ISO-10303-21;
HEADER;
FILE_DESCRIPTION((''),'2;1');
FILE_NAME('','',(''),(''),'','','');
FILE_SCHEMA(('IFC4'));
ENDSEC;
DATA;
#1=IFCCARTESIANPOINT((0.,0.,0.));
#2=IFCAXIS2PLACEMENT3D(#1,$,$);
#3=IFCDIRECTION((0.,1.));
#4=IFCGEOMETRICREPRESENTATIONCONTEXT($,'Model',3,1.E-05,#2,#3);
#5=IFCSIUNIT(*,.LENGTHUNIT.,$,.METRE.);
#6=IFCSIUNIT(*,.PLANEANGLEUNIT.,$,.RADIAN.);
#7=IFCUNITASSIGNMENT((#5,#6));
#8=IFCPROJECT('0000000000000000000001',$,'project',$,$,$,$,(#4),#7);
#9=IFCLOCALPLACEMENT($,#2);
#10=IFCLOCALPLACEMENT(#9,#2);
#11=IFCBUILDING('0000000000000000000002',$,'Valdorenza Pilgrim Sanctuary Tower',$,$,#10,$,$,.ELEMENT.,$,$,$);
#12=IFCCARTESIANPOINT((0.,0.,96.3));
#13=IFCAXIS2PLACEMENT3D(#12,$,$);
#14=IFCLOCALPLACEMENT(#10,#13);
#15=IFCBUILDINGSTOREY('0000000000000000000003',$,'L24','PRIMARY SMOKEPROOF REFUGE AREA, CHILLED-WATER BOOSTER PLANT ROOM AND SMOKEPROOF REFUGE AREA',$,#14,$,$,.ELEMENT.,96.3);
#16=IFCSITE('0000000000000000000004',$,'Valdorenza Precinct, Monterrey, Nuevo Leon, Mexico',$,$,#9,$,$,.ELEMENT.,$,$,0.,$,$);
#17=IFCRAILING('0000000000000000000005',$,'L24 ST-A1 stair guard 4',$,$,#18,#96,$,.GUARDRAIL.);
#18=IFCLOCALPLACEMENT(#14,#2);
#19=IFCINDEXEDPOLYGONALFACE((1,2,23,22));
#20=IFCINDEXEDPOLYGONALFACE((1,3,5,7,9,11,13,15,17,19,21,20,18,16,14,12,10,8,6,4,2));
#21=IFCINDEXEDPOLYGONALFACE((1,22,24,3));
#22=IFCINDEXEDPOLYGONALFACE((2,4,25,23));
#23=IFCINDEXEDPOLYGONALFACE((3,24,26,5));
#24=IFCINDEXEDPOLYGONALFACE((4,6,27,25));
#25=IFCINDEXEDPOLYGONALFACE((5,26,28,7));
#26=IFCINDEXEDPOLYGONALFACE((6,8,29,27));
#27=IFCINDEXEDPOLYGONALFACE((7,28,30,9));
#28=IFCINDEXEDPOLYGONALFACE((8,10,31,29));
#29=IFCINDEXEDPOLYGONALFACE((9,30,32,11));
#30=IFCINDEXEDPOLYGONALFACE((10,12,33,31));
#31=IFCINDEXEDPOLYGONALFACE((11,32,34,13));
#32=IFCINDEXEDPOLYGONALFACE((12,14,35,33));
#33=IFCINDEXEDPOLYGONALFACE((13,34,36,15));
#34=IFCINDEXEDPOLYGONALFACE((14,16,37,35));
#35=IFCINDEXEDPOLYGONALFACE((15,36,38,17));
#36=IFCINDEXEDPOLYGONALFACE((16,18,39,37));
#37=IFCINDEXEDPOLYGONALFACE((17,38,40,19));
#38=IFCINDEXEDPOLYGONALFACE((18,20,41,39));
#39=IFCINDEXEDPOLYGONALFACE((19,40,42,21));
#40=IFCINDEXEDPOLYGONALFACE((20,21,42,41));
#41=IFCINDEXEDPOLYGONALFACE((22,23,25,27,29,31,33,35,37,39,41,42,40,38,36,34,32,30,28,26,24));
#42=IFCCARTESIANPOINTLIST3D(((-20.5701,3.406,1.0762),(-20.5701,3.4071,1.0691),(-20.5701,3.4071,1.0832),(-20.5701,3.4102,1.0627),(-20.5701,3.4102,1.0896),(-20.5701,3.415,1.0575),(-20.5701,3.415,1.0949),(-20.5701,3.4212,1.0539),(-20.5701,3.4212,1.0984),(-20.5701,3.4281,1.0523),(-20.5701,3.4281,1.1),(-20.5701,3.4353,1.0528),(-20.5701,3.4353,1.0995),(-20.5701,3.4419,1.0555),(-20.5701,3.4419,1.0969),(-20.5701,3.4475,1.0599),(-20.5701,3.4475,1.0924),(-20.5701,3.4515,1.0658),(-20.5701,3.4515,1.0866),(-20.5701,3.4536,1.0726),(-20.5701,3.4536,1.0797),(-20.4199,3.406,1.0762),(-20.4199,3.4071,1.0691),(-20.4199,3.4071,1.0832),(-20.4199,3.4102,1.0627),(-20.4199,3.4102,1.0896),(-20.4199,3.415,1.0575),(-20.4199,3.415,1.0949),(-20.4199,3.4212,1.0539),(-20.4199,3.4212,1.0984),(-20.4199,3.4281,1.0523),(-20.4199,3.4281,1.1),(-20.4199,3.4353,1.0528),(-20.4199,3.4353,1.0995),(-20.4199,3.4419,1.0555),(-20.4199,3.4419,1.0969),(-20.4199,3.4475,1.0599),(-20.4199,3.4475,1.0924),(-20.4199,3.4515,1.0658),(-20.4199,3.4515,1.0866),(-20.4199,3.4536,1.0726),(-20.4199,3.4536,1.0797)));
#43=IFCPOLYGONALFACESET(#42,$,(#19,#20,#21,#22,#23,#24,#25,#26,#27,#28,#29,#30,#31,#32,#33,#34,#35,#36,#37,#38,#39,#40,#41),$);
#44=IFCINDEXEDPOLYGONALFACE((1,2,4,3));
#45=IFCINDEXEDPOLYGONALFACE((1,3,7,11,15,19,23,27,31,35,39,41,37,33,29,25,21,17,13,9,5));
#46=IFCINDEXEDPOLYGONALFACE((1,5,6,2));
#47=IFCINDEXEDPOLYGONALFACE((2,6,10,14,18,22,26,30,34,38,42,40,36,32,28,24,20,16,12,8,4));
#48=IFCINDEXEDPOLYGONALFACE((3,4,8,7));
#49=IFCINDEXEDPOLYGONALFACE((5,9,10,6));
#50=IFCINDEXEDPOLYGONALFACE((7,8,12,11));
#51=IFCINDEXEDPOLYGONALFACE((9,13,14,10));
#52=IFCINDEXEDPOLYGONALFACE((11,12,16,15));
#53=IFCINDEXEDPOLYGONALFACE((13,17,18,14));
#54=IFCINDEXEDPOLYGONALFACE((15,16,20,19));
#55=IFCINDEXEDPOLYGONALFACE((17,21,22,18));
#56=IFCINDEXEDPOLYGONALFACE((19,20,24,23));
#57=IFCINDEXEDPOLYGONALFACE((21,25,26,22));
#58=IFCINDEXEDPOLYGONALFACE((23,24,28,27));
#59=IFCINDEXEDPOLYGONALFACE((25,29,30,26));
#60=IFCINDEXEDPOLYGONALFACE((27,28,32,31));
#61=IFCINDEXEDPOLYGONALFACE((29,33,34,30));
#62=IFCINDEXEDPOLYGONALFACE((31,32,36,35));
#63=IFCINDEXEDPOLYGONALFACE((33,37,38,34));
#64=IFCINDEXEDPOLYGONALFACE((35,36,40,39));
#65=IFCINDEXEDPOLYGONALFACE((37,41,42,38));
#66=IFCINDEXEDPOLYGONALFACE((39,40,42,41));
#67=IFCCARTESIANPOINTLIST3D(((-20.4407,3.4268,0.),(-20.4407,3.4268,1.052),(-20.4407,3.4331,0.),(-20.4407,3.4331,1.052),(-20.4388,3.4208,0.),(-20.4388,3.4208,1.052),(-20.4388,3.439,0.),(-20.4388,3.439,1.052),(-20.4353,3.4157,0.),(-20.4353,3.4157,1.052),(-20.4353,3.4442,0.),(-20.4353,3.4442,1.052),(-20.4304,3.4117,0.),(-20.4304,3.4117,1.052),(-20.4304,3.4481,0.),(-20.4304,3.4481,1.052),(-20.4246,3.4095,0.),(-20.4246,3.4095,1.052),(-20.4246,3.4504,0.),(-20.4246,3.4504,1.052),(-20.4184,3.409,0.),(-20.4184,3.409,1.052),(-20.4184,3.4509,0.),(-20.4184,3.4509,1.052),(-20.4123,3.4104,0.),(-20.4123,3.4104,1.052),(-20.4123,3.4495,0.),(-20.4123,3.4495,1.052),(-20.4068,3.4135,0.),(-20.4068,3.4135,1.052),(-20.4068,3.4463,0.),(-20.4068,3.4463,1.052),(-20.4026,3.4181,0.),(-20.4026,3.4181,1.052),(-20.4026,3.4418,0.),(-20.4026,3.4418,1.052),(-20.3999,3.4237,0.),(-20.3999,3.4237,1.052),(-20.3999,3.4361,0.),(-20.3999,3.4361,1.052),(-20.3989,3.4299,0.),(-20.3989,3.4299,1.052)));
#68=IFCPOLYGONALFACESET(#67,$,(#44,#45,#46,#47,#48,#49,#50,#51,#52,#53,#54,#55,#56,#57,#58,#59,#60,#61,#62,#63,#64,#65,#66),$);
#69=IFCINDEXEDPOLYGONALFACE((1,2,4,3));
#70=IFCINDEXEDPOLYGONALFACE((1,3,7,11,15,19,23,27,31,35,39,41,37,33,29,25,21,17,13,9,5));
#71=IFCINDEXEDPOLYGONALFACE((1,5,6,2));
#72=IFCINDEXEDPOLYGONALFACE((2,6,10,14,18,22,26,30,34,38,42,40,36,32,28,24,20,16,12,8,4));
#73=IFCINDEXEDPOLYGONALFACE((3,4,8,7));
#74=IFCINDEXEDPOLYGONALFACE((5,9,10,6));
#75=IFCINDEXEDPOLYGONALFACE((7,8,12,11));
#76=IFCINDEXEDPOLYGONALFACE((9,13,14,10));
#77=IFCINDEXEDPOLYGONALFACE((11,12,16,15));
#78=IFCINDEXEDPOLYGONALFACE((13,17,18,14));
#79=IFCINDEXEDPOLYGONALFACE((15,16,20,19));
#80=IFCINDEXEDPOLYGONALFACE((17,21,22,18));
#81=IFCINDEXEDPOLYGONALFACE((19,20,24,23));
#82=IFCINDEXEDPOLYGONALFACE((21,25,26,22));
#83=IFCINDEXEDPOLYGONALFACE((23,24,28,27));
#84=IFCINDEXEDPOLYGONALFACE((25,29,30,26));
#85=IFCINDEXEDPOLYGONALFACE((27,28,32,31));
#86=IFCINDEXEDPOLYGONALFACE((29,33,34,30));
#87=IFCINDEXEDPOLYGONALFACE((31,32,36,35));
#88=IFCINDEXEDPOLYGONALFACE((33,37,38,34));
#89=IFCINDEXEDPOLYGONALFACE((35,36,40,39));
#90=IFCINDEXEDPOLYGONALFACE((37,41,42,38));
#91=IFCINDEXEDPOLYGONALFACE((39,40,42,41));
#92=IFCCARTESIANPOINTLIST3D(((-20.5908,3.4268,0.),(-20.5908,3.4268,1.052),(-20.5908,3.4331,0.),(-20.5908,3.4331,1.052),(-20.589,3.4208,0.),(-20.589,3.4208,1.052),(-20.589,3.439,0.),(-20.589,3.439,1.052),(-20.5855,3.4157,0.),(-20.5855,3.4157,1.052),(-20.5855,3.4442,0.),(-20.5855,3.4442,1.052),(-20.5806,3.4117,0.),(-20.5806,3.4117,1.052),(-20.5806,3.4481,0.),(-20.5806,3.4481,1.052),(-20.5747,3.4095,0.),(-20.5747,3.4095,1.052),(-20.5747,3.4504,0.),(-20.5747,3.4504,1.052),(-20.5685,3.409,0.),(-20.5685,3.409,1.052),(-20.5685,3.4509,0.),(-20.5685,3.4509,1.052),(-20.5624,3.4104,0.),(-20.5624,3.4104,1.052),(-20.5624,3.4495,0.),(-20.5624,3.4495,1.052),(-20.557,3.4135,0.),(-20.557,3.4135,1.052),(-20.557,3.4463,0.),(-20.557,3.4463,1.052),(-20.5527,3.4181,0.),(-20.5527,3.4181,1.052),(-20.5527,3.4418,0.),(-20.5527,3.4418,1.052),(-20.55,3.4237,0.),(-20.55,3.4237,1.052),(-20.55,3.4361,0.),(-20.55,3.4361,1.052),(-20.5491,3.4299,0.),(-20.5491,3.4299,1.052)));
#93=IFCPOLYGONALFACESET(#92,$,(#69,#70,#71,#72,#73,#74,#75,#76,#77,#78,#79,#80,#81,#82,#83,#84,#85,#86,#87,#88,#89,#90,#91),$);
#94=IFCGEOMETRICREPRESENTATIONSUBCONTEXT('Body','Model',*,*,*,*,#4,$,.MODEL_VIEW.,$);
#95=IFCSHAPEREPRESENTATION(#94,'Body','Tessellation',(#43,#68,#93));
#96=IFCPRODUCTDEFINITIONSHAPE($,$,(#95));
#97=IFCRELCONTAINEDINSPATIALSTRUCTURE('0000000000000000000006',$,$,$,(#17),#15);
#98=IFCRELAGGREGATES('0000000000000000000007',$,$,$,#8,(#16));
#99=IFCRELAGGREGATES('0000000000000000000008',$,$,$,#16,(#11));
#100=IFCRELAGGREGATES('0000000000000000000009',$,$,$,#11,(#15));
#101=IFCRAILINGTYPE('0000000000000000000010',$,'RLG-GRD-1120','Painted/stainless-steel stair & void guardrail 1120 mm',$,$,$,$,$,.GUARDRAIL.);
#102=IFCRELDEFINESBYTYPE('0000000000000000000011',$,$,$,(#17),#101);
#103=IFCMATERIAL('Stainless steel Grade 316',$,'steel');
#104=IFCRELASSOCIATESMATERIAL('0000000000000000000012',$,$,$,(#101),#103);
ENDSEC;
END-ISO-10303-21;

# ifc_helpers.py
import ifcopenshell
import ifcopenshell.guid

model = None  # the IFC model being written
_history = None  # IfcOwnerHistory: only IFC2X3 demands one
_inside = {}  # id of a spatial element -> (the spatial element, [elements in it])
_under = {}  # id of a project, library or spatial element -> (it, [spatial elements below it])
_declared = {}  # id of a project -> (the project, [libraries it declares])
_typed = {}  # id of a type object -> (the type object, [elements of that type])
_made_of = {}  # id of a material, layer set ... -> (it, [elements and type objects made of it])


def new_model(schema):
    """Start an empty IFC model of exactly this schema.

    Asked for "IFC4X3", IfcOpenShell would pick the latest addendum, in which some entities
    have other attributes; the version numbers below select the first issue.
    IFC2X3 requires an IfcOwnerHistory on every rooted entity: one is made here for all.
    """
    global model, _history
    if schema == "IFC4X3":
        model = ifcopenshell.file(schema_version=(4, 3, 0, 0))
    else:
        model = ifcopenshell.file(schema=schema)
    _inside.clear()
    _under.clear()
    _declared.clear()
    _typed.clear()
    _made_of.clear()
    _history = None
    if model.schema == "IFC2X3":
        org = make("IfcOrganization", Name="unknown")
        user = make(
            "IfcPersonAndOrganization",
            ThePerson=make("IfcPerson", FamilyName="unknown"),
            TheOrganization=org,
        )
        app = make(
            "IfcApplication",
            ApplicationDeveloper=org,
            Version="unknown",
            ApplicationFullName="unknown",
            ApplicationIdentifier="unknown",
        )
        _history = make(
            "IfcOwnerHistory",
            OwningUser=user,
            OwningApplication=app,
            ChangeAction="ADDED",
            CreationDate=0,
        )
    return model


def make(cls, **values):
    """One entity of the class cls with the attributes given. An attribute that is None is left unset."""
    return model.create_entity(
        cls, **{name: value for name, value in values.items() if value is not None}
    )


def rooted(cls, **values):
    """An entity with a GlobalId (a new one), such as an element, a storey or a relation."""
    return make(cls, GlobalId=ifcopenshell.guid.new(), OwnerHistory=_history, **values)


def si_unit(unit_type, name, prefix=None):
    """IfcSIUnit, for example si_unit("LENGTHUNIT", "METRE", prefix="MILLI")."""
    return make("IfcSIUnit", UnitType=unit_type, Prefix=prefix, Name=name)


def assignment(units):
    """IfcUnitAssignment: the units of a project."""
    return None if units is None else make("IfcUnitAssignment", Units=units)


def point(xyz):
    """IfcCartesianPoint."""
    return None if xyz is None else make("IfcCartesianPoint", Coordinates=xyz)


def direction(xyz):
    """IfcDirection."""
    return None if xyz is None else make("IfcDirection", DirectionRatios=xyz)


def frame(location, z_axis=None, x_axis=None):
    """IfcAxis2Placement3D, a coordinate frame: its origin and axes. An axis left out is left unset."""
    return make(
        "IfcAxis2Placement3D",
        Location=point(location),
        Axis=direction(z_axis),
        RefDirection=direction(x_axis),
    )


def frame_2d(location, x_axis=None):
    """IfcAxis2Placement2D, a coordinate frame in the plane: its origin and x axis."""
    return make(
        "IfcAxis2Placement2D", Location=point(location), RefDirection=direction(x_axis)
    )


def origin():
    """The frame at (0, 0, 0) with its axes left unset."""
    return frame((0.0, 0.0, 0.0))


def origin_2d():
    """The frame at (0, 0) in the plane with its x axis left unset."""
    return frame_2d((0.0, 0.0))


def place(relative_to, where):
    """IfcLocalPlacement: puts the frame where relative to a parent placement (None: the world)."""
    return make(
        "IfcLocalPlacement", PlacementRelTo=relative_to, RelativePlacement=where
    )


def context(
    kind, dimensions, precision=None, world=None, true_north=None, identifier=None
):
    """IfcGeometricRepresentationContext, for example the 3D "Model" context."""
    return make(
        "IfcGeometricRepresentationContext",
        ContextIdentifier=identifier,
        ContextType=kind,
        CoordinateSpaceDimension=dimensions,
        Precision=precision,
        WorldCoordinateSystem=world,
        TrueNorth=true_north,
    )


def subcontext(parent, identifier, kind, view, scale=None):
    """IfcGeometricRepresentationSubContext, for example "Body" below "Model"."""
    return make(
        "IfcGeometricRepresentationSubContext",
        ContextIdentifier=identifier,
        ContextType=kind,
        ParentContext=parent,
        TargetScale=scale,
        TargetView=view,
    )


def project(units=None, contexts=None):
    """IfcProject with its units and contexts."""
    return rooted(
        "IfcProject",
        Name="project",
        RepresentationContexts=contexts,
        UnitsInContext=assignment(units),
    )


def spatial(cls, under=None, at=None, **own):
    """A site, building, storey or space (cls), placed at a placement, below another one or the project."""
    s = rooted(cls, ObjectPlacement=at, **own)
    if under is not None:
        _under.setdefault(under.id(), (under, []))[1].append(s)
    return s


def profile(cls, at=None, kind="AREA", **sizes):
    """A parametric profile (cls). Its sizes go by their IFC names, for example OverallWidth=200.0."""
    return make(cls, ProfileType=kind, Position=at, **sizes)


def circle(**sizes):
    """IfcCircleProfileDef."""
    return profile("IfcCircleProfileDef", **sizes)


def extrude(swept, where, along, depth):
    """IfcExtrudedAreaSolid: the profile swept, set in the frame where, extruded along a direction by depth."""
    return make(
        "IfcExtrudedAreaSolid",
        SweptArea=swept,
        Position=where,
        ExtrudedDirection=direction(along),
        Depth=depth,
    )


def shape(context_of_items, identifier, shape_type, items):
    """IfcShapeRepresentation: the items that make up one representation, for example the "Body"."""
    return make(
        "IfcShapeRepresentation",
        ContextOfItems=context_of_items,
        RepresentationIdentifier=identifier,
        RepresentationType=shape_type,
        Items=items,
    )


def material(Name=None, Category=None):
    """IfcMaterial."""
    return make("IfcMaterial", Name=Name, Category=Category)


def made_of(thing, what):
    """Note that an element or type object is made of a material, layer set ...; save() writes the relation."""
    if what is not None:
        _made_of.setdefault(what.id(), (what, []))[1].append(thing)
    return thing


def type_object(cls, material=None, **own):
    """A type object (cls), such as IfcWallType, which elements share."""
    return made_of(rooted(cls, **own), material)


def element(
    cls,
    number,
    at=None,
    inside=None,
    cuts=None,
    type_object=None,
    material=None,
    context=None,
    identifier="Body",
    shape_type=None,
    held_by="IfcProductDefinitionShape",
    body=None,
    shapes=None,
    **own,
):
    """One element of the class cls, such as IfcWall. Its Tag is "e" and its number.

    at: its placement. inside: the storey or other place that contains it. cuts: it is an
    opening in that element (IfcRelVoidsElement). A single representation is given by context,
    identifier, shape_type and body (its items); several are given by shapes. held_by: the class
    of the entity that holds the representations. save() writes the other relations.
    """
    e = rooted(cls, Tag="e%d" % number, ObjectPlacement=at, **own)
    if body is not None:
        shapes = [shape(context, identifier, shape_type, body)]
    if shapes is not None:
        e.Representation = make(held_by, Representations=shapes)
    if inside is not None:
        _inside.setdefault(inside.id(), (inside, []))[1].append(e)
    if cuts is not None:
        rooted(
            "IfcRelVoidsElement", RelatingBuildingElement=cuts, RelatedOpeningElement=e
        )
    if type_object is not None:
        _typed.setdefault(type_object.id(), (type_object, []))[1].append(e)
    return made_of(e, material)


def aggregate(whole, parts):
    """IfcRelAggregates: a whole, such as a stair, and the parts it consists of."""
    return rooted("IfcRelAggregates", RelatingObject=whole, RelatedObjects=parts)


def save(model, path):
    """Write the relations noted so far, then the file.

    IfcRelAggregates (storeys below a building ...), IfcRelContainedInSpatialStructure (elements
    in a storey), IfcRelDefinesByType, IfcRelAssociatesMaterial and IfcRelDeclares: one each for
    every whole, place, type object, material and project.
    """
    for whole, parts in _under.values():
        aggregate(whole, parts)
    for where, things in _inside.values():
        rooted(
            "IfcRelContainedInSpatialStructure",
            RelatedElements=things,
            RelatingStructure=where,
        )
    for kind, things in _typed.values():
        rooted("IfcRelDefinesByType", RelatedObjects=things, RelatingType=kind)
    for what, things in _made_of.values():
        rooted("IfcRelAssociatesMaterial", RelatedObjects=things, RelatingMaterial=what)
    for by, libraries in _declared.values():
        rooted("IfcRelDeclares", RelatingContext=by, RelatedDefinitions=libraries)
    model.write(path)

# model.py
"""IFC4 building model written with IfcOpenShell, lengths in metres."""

from ifc_helpers import new_model, si_unit, direction, frame, origin, origin_2d, place, context, subcontext, project, spatial, circle, extrude, material, type_object, element, save


model = new_model("IFC4")

# Units and contexts
model_context = context("Model", 3, precision=1e-05, world=origin(), true_north=direction((0.0, 1.0)))
body_context = subcontext(model_context, "Body", "Model", "MODEL_VIEW")
ifc_project = project(units=[si_unit("LENGTHUNIT", "METRE"), si_unit("PLANEANGLEUNIT", "RADIAN")], contexts=[model_context])

# Site, building, storey
site_placement = place(None, origin())
site = spatial("IfcSite", under=ifc_project, at=site_placement, Name="Valdorenza Precinct, Monterrey, Nuevo Leon, Mexico", CompositionType="ELEMENT", RefElevation=0.0)
building_placement = place(site_placement, origin())
building = spatial("IfcBuilding", under=site, at=building_placement, Name="Valdorenza Pilgrim Sanctuary Tower", CompositionType="ELEMENT")
storey_placement = place(building_placement, frame((0.0, 0.0, 96.3)))
storey = spatial("IfcBuildingStorey", under=building, at=storey_placement, Name="L24", Description="PRIMARY SMOKEPROOF REFUGE AREA, CHILLED-WATER BOOSTER PLANT ROOM AND SMOKEPROOF REFUGE AREA", CompositionType="ELEMENT", Elevation=96.3)

# Railing
ifc_material_1 = material(Name="Stainless steel Grade 316", Category="steel")
railing_type_1 = type_object("IfcRailingType", Name="RLG-GRD-1120", Description="Painted/stainless-steel stair & void guardrail 1120 mm", PredefinedType="GUARDRAIL", material=ifc_material_1)
railing_1_placement = place(storey_placement, frame((-20.4199, 3.4299, 0.0)))
element("IfcRailing", 1, at=railing_1_placement, inside=storey, type_object=railing_type_1, Name="L24 ST-A1 stair guard 4", PredefinedType="GUARDRAIL", context=body_context, shape_type="SweptSolid", body=[
    extrude(circle(Radius=0.0239, at=origin_2d()), frame((0.0, 0.0, 1.0762), z_axis=(-1.0, 0.0, 0.0), x_axis=(0.0, -1.0, 0.0)), (0.0, 0.0, 1.0), 0.1501),
    extrude(circle(Radius=0.021, at=origin_2d()), origin(), (0.0, 0.0, 1.0), 1.052),
    extrude(circle(Radius=0.021, at=origin_2d()), frame((-0.1501, 0.0, 0.0)), (0.0, 0.0, 1.0), 1.052),
])

save(model, "model.ifc")
